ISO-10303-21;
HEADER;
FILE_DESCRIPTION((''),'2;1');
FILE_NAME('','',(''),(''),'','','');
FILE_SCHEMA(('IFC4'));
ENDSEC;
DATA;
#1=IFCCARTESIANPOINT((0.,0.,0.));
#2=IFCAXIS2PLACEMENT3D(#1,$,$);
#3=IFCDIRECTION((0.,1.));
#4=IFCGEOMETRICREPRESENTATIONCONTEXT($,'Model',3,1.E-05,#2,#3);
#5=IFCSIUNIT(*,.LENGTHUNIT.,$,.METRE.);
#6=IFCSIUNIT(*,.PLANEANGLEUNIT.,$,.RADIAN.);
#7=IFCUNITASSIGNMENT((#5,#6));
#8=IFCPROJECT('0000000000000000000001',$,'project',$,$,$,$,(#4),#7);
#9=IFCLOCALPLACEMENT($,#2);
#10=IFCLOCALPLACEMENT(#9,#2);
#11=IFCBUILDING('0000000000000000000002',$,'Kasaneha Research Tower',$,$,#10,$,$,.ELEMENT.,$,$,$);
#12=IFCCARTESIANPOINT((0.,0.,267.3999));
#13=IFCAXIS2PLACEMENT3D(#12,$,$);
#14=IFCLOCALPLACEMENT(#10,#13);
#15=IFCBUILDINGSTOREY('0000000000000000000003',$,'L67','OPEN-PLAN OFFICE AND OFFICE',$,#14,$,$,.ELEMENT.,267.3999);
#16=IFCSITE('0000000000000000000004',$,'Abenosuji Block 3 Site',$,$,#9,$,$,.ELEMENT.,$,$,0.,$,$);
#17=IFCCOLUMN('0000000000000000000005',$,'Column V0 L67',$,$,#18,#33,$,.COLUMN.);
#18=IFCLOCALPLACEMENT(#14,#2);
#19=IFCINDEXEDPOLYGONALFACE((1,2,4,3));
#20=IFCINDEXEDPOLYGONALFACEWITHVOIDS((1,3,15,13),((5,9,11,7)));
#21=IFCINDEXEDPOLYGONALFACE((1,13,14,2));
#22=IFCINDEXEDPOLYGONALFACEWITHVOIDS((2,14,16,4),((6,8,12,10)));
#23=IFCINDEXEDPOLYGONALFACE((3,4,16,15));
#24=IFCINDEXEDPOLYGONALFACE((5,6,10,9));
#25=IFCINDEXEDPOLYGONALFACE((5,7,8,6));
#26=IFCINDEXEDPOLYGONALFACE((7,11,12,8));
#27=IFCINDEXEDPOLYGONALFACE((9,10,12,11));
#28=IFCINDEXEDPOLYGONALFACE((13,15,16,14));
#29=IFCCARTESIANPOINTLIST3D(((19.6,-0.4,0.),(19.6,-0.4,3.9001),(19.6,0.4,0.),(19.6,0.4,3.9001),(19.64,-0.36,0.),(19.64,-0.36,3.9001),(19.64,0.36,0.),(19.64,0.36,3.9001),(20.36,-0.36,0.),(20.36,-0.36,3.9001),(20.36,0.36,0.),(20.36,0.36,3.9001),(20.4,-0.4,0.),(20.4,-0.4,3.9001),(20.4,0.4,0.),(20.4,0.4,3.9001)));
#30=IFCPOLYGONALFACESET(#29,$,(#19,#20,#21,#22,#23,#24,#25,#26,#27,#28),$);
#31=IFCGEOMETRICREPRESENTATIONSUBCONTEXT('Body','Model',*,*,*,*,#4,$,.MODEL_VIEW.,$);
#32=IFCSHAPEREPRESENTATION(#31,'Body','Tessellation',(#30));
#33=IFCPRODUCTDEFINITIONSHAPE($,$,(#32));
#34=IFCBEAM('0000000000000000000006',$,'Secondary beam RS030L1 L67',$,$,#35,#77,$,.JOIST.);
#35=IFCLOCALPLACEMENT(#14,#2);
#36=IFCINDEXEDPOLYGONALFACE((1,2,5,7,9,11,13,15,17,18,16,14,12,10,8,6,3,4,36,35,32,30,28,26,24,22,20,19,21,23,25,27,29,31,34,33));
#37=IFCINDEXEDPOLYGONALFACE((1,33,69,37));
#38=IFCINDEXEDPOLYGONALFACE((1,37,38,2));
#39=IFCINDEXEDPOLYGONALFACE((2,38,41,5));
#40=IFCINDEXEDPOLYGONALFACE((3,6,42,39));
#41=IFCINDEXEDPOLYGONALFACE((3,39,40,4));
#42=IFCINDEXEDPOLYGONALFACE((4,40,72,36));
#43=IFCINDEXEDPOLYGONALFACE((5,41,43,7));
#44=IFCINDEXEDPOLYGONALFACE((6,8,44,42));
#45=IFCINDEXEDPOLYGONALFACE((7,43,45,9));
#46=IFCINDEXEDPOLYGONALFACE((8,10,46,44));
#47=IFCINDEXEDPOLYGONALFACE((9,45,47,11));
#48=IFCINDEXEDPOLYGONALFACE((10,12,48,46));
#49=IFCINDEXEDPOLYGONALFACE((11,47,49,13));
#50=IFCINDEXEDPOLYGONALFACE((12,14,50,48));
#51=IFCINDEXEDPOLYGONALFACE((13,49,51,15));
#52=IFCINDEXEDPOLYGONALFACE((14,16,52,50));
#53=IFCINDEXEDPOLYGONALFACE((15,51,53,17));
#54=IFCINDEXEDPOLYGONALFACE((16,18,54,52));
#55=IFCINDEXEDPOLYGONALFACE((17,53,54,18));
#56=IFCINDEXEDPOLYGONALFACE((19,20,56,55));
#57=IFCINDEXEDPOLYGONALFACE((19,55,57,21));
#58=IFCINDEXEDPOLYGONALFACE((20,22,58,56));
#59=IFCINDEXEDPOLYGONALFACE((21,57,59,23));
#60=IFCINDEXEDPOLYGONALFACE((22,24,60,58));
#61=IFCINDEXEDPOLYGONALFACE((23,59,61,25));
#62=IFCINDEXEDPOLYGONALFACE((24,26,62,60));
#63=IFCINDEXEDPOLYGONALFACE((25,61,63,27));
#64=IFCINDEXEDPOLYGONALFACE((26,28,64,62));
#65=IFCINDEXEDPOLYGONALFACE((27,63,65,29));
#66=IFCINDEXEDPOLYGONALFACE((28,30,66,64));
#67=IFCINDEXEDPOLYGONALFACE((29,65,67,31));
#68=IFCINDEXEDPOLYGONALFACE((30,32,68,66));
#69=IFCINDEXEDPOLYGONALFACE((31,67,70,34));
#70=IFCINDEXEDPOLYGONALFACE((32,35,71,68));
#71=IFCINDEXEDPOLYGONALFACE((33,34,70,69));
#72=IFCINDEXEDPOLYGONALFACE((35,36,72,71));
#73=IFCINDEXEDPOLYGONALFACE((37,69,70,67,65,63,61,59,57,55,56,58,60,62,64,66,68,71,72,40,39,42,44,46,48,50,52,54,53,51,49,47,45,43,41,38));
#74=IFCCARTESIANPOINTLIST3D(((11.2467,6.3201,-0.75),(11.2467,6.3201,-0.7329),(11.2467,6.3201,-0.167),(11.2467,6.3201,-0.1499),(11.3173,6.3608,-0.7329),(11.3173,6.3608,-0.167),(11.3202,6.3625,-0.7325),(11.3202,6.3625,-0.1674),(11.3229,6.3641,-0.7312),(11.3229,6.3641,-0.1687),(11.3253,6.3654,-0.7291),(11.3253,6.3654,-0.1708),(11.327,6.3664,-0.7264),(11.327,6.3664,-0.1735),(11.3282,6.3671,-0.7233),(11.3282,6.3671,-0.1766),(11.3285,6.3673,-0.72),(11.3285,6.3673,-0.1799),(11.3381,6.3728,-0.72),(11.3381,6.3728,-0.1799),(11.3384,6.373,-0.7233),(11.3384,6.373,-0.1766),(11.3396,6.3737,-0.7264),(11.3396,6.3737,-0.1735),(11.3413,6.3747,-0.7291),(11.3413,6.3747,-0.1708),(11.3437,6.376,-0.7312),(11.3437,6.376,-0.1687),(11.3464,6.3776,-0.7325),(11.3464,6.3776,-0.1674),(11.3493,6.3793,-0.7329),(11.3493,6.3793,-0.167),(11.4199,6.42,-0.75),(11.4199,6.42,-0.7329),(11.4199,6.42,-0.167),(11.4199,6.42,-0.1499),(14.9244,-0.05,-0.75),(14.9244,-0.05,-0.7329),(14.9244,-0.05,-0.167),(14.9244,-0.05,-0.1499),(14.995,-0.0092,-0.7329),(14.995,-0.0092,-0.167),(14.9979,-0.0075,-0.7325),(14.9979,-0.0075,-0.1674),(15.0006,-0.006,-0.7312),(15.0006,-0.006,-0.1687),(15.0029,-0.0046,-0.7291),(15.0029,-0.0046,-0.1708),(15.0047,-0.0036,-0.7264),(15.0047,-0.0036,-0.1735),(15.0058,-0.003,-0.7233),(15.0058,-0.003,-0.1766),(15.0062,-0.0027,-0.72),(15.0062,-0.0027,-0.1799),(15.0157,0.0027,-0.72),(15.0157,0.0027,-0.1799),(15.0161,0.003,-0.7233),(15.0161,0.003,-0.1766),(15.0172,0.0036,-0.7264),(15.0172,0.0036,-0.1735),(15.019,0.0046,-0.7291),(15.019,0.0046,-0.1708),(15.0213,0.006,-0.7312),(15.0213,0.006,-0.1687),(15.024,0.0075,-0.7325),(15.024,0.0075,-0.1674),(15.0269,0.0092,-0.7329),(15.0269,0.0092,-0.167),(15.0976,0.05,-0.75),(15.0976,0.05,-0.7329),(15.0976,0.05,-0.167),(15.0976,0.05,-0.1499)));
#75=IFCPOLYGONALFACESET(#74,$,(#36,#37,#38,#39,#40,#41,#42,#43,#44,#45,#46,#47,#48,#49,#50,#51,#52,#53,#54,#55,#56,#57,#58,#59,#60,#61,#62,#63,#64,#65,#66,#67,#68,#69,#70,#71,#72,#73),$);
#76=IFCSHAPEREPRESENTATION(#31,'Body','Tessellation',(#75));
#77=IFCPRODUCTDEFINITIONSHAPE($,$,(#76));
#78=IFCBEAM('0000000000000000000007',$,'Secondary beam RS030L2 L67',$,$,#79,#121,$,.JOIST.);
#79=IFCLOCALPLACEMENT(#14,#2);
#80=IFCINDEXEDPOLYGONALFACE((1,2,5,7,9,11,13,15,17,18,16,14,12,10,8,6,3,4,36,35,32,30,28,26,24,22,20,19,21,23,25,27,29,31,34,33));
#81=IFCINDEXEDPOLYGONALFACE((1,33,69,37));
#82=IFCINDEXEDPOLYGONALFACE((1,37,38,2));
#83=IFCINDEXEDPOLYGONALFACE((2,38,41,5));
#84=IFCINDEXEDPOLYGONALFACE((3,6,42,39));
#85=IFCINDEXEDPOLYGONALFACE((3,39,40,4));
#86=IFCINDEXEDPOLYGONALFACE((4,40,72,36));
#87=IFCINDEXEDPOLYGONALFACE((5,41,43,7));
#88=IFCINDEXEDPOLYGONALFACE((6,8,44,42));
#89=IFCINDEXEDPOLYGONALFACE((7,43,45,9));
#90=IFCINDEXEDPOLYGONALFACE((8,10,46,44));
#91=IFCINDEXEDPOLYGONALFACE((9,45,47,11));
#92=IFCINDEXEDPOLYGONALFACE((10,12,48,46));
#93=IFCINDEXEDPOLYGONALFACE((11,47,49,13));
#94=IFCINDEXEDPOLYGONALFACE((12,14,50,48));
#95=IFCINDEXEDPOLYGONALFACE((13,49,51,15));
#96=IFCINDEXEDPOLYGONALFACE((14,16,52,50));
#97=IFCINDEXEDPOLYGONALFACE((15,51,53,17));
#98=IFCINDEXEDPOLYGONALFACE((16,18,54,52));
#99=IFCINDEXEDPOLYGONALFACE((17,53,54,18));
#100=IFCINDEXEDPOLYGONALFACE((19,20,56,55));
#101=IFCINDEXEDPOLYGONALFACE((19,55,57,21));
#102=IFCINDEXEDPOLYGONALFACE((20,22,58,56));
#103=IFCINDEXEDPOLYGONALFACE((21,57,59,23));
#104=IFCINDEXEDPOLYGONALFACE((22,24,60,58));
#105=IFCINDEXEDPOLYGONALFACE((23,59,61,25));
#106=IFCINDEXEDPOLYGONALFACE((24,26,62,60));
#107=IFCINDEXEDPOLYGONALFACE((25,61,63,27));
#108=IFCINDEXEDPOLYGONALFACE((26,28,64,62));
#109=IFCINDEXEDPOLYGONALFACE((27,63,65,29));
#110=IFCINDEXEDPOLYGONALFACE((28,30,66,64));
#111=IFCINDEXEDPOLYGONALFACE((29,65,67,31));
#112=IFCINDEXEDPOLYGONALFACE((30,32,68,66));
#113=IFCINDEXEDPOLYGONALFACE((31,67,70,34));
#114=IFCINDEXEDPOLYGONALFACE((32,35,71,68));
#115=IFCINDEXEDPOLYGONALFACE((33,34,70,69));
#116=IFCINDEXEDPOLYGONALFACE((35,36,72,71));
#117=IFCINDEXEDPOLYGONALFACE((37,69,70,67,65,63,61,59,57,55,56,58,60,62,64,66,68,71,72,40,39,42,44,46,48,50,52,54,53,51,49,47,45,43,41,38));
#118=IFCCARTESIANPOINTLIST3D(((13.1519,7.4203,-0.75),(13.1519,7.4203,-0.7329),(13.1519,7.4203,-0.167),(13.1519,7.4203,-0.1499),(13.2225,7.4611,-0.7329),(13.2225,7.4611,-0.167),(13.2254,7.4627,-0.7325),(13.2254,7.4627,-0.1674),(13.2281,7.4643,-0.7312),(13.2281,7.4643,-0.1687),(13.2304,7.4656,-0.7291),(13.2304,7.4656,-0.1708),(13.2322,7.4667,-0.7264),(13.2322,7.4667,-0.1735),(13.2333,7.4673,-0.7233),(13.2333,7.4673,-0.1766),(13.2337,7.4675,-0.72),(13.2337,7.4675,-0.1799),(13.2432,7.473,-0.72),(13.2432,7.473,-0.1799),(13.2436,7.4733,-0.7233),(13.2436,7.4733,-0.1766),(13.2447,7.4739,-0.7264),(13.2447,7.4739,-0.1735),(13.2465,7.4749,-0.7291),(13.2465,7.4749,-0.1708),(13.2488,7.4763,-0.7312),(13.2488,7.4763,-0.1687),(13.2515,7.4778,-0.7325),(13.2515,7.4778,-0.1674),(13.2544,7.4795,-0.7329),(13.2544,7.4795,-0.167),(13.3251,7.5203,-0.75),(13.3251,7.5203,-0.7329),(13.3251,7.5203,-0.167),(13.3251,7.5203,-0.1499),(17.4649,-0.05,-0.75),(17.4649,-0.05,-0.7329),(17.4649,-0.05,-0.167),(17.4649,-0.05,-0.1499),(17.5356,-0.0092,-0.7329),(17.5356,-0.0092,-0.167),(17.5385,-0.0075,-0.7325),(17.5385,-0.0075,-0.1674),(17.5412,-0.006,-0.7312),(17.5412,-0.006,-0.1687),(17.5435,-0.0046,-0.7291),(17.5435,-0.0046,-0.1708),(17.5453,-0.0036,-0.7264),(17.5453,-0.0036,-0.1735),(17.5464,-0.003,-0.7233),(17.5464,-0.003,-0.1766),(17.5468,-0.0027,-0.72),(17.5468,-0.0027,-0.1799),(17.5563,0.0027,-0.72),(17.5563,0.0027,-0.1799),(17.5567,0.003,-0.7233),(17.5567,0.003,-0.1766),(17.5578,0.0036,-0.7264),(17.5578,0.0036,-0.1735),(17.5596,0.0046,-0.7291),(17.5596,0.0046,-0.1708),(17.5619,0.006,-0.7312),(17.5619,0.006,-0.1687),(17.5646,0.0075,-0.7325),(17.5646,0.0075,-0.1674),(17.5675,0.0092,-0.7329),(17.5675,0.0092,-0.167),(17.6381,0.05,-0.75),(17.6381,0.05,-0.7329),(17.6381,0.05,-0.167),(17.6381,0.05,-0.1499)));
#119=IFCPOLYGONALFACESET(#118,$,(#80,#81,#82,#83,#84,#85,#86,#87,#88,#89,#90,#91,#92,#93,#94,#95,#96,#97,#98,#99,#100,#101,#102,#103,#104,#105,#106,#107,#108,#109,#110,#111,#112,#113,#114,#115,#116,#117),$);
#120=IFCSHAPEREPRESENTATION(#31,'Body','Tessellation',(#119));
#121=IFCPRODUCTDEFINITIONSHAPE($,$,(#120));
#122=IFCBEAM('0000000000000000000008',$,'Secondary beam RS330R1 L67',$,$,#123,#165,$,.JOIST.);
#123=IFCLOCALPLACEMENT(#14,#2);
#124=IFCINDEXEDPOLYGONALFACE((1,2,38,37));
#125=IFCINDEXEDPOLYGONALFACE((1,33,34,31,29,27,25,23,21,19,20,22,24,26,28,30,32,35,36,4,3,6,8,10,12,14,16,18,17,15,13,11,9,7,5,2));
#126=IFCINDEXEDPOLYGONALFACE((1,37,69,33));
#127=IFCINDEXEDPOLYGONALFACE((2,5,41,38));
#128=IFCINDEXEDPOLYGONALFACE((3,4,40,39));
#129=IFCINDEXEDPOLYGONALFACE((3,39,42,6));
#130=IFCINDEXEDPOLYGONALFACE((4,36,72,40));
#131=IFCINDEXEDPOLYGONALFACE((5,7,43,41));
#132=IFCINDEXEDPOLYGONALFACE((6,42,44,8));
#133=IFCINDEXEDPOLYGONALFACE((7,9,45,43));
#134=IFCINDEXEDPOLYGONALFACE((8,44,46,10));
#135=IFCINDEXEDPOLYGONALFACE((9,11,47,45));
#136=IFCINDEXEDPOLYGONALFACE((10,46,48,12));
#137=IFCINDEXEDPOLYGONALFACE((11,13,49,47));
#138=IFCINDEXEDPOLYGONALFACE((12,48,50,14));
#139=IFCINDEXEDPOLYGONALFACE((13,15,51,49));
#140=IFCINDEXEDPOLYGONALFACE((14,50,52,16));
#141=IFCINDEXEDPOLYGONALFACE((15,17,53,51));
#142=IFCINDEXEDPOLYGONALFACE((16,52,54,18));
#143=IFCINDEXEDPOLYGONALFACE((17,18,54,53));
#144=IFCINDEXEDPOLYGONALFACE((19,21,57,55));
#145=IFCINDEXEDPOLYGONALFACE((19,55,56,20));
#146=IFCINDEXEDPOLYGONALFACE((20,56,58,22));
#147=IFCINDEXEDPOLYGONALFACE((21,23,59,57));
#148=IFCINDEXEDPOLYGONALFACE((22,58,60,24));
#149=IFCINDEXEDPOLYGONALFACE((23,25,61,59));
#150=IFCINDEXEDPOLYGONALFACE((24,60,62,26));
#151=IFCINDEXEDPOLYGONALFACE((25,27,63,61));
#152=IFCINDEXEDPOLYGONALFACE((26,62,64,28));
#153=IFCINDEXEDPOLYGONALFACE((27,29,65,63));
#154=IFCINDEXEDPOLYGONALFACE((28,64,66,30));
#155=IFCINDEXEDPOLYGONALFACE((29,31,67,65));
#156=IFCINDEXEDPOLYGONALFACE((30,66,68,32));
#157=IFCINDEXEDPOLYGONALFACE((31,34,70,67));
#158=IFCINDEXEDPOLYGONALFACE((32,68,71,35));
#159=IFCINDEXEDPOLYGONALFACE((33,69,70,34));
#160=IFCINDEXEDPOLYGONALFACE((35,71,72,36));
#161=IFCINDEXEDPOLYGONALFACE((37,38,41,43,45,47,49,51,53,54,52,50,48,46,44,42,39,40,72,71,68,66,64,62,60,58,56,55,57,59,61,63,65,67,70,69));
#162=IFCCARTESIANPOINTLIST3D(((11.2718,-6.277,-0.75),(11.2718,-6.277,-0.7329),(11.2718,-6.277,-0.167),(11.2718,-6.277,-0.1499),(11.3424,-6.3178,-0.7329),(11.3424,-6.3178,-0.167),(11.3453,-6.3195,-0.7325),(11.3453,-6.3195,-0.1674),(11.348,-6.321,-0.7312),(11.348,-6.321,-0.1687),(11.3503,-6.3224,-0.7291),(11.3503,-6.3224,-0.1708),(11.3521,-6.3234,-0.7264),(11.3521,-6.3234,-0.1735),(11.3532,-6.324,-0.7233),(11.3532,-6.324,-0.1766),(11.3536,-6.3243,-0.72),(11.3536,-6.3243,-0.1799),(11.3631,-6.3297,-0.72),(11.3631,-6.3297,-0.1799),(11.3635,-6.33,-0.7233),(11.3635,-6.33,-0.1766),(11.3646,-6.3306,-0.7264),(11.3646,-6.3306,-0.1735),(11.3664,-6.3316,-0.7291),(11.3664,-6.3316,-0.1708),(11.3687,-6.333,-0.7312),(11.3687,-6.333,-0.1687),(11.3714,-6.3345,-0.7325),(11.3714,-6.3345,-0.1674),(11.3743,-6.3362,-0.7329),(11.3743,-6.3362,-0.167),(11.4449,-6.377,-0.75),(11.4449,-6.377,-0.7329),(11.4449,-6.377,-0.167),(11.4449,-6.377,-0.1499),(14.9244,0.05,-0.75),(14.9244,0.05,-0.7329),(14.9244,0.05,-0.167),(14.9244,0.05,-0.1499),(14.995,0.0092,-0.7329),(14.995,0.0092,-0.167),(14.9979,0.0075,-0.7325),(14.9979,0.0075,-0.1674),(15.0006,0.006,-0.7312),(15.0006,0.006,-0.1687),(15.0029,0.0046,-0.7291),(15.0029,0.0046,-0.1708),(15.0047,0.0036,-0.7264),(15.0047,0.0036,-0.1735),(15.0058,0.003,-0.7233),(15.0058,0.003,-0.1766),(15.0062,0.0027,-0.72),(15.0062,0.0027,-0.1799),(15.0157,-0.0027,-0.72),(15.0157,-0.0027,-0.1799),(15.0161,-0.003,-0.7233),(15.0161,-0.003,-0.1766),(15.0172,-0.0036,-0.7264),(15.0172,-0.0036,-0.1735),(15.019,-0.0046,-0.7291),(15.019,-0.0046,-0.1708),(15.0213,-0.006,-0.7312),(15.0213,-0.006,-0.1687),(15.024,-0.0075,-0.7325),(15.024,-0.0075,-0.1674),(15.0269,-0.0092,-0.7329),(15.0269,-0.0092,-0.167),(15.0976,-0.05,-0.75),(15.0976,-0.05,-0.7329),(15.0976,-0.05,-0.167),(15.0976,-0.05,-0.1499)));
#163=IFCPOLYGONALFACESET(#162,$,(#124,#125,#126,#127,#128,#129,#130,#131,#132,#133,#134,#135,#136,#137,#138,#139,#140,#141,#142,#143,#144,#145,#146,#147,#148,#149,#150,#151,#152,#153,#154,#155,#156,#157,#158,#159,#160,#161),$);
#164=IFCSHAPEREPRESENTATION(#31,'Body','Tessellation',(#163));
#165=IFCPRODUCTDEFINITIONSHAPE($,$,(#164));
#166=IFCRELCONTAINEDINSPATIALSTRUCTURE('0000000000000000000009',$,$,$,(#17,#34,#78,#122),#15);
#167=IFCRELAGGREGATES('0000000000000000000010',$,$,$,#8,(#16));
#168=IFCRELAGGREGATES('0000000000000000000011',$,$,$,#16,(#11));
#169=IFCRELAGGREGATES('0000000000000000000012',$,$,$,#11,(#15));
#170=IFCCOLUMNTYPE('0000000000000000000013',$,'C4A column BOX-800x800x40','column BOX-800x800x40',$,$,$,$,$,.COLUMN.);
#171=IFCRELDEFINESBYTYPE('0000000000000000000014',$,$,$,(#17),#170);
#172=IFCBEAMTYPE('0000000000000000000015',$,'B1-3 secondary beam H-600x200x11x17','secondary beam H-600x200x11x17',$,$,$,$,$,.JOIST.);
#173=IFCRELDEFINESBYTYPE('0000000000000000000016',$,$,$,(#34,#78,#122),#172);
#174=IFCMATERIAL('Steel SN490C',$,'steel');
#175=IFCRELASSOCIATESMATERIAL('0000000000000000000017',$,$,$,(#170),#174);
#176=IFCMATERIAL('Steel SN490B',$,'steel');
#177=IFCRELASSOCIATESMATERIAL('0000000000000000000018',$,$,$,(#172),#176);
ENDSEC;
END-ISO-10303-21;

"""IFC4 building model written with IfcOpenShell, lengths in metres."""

from ifc_helpers import new_model, si_unit, direction, frame, origin, origin_2d, place, context, subcontext, project, spatial, hollow_rectangle, i_section, extrude, material, material_profile, profile_set, type_object, element, save


model = new_model("IFC4")

# Units and contexts
model_context = context("Model", 3, precision=1e-05, world=origin(), true_north=direction((0.0, 1.0)))
body_context = subcontext(model_context, "Body", "Model", "MODEL_VIEW")
ifc_project = project(units=[si_unit("LENGTHUNIT", "METRE"), si_unit("PLANEANGLEUNIT", "RADIAN")], contexts=[model_context])

# Site, building, storey
site_placement = place(None, origin())
site = spatial("IfcSite", under=ifc_project, at=site_placement, Name="Abenosuji Block 3 Site", CompositionType="ELEMENT", RefElevation=0.0)
building_placement = place(site_placement, origin())
building = spatial("IfcBuilding", under=site, at=building_placement, Name="Kasaneha Research Tower", CompositionType="ELEMENT")
storey_placement = place(building_placement, frame((0.0, 0.0, 267.3999)))
storey = spatial("IfcBuildingStorey", under=building, at=storey_placement, Name="L67", Description="OPEN-PLAN OFFICE AND OFFICE", CompositionType="ELEMENT", Elevation=267.3999)

# Column
ifc_material_1 = material(Name="Steel SN490C", Category="steel")
ifc_material_profile_1 = material_profile(ifc_material_1, hollow_rectangle(XDim=0.8, YDim=0.8, WallThickness=0.04, at=origin_2d()), Name="BOX-800x800x40")
ifc_profile_set_1 = profile_set([ifc_material_profile_1], Name="Steel SN490C")
column_type = type_object("IfcColumnType", Name="C4A column BOX-800x800x40", Description="column BOX-800x800x40", PredefinedType="COLUMN", material=ifc_profile_set_1)
column_placement = place(storey_placement, frame((20.0, 0.0, 0.0), z_axis=(0.0, 0.0, 1.0), x_axis=(1.0, 0.0, 0.0)))
element("IfcColumn", 1, at=column_placement, inside=storey, type_object=column_type, Name="Column V0 L67", PredefinedType="COLUMN", context=body_context, shape_type="SweptSolid", body=[
    extrude(hollow_rectangle(XDim=0.8, YDim=0.8, WallThickness=0.04, at=origin_2d()), origin(), (0.0, 0.0, 1.0), 3.9001),
])

# Beams
ifc_material_2 = material(Name="Steel SN490B", Category="steel")
ifc_material_profile_2 = material_profile(ifc_material_2, i_section(OverallWidth=0.2, OverallDepth=0.6001, WebThickness=0.011, FlangeThickness=0.0171, FilletRadius=0.0129, at=origin_2d()), Name="H-600x200x11x17")
ifc_profile_set_2 = profile_set([ifc_material_profile_2], Name="Steel SN490B")
beam_type_1 = type_object("IfcBeamType", Name="B1-3 secondary beam H-600x200x11x17", Description="secondary beam H-600x200x11x17", PredefinedType="JOIST", material=ifc_profile_set_2)
beam_1_placement = place(storey_placement, frame((15.011, 0.0, -0.45), z_axis=(-0.499994, 0.866029, 0.0), x_axis=(-0.866029, -0.499994, 0.0)))
element("IfcBeam", 2, at=beam_1_placement, inside=storey, type_object=beam_type_1, Name="Secondary beam RS030L1 L67", PredefinedType="JOIST", context=body_context, shape_type="SweptSolid", body=[
    extrude(i_section(OverallWidth=0.2, OverallDepth=0.6001, WebThickness=0.011, FlangeThickness=0.0171, FilletRadius=0.0129, at=origin_2d()), origin(), (0.0, 0.0, 1.0), 7.3555),
])
beam_2_placement = place(storey_placement, frame((17.5515, 0.0, -0.45), z_axis=(-0.500005, 0.866023, 0.0), x_axis=(-0.866023, -0.500005, 0.0)))
element("IfcBeam", 3, at=beam_2_placement, inside=storey, type_object=beam_type_1, Name="Secondary beam RS030L2 L67", PredefinedType="JOIST", context=body_context, shape_type="SweptSolid", body=[
    extrude(i_section(OverallWidth=0.2, OverallDepth=0.6001, WebThickness=0.011, FlangeThickness=0.0171, FilletRadius=0.0129, at=origin_2d()), origin(), (0.0, 0.0, 1.0), 8.626),
])
beam_3_placement = place(storey_placement, frame((15.011, 0.0, -0.45), z_axis=(-0.499974, -0.86604, 0.0), x_axis=(0.86604, -0.499974, 0.0)))
element("IfcBeam", 4, at=beam_3_placement, inside=storey, type_object=beam_type_1, Name="Secondary beam RS330R1 L67", PredefinedType="JOIST", context=body_context, shape_type="SweptSolid", body=[
    extrude(i_section(OverallWidth=0.2, OverallDepth=0.6001, WebThickness=0.011, FlangeThickness=0.0171, FilletRadius=0.0129, at=origin_2d()), origin(), (0.0, 0.0, 1.0), 7.3057),
])

save(model, "model.ifc")
